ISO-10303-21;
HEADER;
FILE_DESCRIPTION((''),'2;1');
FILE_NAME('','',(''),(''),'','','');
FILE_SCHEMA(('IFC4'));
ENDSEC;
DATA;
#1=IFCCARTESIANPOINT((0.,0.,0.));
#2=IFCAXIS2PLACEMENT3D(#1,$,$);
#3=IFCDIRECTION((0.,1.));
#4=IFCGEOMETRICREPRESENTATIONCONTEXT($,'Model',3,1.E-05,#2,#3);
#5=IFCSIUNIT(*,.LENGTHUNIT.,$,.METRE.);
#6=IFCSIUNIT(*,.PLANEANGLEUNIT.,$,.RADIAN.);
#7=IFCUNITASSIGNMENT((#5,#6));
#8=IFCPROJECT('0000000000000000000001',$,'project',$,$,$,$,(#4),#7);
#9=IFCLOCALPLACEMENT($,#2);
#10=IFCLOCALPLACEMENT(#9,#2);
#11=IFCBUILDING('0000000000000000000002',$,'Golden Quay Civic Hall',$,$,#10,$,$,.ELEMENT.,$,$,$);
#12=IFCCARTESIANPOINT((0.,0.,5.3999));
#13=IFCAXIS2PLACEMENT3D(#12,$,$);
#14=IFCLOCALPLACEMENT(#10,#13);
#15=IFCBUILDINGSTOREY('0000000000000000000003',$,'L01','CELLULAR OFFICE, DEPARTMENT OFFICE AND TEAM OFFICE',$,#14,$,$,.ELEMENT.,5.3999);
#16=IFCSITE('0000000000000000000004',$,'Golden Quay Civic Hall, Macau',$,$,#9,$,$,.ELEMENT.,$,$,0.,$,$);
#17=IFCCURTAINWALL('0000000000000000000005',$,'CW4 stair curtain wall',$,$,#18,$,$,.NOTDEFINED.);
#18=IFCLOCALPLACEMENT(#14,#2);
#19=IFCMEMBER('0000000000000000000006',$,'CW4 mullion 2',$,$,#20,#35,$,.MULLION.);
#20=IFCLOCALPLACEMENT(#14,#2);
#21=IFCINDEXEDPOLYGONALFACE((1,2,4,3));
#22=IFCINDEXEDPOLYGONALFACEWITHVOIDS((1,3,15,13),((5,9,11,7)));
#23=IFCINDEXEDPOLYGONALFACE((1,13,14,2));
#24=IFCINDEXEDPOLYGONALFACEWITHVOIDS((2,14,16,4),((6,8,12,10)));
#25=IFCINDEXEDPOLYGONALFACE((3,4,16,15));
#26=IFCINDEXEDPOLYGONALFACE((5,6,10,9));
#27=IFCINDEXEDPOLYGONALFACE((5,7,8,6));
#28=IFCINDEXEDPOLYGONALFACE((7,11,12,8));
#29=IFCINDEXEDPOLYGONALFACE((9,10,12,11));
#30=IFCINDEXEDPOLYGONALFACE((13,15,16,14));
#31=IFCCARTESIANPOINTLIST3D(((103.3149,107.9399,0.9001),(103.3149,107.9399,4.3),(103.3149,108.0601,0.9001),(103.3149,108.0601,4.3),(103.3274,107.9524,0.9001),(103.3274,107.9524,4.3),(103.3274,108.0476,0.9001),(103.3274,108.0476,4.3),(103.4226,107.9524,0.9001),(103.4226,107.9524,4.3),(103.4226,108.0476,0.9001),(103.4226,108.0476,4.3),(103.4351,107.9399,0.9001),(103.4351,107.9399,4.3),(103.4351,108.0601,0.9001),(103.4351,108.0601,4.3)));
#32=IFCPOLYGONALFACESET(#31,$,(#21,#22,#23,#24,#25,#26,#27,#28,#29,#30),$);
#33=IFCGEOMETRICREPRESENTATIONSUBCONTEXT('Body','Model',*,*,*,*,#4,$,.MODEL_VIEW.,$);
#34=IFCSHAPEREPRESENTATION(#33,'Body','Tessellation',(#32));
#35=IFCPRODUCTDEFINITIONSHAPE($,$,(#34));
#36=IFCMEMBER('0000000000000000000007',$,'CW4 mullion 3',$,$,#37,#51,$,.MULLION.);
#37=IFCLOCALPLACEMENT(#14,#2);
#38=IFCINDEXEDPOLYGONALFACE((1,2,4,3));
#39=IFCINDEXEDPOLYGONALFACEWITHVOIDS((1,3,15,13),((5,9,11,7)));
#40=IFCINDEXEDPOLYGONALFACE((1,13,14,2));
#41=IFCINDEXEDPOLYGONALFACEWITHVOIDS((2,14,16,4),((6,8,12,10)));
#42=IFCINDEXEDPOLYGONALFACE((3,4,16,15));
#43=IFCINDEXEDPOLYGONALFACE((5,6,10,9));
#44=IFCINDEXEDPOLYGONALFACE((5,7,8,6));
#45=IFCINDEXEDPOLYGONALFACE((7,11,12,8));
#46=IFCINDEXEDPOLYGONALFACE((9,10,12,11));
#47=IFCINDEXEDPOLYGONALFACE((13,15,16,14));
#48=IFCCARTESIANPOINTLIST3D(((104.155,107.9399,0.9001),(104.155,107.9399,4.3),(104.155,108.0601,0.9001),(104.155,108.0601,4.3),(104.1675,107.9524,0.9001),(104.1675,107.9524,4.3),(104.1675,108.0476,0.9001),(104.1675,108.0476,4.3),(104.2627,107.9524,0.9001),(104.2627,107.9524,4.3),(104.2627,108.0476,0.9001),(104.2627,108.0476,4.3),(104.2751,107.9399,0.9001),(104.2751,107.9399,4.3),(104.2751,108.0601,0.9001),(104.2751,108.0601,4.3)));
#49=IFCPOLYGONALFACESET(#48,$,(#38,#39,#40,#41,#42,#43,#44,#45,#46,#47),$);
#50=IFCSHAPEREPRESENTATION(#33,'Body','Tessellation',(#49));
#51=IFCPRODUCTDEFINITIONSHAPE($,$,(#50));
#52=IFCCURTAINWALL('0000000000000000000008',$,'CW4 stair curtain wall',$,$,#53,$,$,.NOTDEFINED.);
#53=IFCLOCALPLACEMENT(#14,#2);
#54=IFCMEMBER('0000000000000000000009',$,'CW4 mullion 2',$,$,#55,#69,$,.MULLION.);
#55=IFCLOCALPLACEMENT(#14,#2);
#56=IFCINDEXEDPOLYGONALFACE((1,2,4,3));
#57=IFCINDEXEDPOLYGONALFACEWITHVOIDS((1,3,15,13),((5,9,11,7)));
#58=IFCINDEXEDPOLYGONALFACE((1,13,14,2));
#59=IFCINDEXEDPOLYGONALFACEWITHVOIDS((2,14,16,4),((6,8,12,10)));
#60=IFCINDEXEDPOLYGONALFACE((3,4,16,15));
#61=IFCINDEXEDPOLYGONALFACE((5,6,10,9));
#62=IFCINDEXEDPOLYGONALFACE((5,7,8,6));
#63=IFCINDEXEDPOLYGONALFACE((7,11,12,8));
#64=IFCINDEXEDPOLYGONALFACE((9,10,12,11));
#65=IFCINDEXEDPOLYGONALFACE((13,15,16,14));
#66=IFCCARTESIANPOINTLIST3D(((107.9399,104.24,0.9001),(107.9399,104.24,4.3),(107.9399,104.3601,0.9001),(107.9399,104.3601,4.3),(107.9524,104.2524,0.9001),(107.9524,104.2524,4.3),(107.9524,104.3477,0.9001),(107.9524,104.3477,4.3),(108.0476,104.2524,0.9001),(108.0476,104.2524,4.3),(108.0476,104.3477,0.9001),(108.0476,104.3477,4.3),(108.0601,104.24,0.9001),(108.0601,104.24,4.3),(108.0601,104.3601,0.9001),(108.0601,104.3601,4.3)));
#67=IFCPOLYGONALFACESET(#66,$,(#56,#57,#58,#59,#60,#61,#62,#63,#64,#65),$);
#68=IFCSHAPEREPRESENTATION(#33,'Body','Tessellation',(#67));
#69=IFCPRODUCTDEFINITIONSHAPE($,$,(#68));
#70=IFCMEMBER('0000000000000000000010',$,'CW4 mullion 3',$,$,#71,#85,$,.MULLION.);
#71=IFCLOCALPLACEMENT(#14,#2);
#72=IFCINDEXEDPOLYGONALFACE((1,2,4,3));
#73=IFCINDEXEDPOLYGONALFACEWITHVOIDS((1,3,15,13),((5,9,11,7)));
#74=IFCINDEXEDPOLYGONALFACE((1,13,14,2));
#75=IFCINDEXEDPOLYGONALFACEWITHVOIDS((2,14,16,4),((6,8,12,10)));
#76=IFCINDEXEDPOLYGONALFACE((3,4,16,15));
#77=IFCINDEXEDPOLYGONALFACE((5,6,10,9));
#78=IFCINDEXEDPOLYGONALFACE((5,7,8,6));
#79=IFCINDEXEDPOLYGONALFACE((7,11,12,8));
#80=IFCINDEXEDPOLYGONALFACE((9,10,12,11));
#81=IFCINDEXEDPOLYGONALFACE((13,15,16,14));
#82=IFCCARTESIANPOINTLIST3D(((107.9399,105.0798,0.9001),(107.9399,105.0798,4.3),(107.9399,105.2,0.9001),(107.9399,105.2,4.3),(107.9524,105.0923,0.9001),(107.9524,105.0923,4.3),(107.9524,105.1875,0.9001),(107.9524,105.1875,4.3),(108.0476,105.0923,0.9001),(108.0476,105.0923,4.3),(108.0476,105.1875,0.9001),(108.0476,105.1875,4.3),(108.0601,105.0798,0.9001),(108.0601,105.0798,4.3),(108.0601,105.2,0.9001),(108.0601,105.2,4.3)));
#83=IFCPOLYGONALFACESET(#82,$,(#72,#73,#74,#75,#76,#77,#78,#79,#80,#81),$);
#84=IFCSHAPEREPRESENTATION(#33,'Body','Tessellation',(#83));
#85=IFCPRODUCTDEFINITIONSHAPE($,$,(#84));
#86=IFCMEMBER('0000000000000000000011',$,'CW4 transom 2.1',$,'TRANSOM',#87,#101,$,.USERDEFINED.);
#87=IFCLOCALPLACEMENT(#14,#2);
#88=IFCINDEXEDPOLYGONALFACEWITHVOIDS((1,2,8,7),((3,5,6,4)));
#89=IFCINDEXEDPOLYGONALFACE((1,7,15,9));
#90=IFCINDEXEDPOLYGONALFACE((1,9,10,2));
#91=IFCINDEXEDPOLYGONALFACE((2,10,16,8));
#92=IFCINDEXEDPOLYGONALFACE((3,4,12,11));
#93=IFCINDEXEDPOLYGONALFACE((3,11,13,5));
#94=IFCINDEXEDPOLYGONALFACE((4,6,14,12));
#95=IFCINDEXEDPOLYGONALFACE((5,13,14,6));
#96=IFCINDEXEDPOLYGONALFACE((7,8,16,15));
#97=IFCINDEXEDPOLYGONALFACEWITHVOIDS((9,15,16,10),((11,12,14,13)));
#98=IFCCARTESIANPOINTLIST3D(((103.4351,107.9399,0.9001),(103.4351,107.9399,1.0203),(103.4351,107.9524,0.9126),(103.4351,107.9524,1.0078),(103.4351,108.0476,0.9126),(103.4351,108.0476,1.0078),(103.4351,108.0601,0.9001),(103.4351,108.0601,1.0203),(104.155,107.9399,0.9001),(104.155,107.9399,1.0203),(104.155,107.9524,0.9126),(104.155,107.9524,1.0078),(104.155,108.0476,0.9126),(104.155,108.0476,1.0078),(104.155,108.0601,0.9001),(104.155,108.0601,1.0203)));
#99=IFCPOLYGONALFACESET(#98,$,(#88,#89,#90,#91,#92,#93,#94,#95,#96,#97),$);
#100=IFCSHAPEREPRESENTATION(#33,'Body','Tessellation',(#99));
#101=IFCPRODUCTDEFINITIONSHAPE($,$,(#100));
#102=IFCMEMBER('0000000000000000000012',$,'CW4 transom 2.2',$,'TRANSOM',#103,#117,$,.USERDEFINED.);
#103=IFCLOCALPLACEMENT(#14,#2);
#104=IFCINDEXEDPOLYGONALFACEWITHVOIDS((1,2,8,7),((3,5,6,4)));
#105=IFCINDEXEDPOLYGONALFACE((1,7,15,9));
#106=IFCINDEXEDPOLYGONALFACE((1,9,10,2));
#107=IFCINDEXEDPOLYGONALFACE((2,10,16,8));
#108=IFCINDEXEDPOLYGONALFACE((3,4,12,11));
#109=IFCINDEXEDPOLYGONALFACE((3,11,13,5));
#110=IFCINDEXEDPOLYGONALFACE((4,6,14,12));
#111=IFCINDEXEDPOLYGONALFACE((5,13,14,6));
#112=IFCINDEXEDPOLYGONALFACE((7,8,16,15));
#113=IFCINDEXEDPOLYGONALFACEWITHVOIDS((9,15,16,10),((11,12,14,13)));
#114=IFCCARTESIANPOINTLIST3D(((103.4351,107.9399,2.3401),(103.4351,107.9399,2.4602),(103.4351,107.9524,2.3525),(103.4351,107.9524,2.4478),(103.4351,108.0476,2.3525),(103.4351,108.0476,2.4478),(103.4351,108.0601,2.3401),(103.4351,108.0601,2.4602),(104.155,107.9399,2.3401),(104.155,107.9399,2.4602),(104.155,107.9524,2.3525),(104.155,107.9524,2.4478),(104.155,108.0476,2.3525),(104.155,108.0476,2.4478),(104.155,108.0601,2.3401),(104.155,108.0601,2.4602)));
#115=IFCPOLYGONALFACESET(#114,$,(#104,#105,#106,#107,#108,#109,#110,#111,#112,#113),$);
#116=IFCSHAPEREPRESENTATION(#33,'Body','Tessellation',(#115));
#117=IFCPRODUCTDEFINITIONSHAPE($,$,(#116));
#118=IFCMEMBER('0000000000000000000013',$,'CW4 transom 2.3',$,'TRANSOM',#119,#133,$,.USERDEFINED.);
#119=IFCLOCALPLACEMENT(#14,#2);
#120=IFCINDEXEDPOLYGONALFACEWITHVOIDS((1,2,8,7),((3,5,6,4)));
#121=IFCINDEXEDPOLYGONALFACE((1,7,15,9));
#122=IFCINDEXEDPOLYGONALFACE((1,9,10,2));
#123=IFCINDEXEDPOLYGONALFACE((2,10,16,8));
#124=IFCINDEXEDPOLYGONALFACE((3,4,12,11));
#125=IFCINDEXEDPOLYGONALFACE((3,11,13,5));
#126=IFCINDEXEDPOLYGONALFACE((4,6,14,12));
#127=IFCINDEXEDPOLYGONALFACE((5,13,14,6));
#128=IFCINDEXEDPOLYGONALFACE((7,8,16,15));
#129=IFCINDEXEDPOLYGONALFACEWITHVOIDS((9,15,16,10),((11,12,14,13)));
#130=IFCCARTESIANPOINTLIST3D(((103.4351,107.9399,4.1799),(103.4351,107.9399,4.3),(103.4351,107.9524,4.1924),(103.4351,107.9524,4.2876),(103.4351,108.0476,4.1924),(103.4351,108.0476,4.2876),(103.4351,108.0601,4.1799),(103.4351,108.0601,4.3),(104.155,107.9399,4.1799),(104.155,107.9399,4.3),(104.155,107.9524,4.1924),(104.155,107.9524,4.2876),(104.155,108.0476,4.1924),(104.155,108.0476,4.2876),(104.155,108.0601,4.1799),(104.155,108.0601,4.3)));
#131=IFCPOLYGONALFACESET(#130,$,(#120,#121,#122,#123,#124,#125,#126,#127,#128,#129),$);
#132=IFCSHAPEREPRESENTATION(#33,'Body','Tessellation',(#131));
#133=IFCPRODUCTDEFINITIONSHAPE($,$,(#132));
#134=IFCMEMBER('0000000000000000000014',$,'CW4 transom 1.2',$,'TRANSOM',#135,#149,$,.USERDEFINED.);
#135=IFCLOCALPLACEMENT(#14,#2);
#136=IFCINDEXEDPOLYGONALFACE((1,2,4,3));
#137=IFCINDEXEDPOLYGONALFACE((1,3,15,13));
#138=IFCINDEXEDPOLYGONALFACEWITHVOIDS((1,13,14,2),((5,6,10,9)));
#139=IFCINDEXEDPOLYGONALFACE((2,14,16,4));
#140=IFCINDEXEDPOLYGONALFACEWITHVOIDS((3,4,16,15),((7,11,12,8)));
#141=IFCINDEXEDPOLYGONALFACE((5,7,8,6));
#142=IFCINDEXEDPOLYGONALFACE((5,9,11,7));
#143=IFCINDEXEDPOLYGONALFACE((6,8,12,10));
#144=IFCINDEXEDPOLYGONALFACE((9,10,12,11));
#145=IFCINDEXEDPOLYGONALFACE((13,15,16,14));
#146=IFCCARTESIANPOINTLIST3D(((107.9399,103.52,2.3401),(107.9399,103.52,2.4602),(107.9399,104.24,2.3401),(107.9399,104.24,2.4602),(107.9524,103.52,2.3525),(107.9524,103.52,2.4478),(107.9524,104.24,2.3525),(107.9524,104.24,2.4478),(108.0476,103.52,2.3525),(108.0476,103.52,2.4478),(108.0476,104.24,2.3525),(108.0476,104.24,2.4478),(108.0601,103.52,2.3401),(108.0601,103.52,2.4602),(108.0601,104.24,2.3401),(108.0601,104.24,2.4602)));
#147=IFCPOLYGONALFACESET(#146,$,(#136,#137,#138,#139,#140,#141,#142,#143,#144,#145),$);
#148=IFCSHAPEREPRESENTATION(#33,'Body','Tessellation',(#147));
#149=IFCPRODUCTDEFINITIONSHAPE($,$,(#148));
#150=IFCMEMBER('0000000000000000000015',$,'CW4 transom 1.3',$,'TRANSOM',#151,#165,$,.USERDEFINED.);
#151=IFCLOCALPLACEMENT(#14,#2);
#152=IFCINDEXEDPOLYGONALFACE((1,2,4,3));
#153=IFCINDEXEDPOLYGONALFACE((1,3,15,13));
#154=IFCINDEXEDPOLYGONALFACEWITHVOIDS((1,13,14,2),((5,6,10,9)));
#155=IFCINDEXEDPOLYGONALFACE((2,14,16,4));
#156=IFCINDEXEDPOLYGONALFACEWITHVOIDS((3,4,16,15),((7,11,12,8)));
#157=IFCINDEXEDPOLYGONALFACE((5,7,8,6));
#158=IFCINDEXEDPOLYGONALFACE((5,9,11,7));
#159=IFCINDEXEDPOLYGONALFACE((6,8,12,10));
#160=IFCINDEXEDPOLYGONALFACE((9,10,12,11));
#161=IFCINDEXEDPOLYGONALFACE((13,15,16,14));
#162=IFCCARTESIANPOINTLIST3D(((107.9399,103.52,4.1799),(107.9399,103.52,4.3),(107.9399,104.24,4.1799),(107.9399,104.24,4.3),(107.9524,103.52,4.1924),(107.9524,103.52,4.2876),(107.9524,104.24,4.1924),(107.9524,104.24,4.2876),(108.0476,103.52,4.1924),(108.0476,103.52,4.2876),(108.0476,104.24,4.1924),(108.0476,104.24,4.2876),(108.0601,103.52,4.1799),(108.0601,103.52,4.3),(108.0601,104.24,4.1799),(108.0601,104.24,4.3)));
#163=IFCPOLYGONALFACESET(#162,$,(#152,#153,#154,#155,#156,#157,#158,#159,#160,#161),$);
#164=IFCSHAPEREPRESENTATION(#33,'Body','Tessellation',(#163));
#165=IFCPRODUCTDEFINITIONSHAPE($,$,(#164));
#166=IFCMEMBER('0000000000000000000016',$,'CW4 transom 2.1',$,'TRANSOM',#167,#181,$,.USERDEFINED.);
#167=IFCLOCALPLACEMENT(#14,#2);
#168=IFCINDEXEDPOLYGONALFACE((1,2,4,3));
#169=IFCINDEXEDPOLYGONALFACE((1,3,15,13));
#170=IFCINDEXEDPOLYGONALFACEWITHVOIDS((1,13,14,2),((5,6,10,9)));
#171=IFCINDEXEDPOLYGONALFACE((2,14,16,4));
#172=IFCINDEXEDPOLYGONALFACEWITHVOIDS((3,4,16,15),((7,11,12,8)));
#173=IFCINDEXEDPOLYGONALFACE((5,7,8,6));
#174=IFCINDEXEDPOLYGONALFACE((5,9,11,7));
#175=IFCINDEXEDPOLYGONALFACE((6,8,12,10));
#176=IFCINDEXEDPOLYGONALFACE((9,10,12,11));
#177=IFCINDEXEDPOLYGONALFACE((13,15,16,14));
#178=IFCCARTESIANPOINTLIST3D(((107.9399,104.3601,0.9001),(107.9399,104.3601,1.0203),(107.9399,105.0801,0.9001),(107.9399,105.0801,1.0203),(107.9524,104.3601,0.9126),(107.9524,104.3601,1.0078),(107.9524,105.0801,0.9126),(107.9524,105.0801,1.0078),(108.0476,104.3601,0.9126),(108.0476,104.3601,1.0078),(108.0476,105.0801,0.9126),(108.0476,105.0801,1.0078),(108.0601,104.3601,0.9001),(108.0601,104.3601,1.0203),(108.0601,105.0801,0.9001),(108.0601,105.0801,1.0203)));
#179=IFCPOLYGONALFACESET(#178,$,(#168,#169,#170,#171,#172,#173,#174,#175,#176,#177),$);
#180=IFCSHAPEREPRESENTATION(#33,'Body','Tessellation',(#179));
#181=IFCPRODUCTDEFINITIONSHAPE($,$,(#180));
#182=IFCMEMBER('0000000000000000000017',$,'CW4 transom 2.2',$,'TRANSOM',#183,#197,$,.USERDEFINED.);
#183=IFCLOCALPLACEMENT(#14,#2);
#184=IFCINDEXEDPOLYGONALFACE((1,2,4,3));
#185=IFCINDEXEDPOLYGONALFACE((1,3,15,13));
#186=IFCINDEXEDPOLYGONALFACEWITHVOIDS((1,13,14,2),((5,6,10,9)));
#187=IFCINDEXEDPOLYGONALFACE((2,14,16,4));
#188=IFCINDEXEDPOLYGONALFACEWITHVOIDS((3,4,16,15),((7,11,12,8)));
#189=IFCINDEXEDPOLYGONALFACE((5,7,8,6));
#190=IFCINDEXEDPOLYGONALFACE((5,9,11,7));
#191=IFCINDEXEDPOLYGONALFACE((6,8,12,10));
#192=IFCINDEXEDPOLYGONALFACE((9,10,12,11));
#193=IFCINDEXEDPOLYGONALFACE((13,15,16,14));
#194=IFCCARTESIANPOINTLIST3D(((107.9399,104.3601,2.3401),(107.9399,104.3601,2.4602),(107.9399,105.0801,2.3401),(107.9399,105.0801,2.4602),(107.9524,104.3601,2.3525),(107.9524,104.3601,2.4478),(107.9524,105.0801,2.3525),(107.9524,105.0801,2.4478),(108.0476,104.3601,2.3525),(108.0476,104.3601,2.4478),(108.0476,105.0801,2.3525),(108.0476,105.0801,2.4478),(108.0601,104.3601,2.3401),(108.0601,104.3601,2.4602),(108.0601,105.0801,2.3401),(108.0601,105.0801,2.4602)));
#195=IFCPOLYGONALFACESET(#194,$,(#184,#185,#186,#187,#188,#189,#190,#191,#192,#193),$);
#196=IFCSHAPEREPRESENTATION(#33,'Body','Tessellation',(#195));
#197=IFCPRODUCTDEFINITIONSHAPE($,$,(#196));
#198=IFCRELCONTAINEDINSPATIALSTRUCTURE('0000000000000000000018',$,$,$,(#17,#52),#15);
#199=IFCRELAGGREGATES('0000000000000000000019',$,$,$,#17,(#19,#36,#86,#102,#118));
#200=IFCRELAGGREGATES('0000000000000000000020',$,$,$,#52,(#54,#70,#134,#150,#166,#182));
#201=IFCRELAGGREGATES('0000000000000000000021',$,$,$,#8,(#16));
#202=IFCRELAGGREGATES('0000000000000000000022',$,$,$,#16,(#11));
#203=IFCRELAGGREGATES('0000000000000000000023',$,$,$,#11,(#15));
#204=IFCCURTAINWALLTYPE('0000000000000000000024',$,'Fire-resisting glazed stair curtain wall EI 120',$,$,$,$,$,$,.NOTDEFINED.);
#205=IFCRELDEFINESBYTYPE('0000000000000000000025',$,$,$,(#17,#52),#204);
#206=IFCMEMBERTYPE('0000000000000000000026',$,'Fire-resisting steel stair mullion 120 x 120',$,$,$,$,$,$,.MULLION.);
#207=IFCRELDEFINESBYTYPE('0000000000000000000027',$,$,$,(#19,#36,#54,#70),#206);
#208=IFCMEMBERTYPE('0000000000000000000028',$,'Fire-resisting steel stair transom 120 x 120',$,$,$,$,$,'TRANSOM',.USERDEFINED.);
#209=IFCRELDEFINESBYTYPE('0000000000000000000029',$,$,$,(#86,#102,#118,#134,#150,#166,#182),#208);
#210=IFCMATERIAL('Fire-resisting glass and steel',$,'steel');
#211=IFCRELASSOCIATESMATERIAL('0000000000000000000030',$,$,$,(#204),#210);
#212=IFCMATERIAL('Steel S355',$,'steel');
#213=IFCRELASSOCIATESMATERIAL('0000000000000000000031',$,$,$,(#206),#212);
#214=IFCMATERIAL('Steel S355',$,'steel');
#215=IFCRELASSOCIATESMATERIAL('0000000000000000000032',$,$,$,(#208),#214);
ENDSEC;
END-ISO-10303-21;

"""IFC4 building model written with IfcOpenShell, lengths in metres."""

from ifc_helpers import new_model, si_unit, direction, frame, origin, origin_2d, place, context, subcontext, project, spatial, hollow_rectangle, extrude, material, material_profile, profile_set, type_object, element, aggregate, save


model = new_model("IFC4")

# Units and contexts
model_context = context("Model", 3, precision=1e-05, world=origin(), true_north=direction((0.0, 1.0)))
body_context = subcontext(model_context, "Body", "Model", "MODEL_VIEW")
ifc_project = project(units=[si_unit("LENGTHUNIT", "METRE"), si_unit("PLANEANGLEUNIT", "RADIAN")], contexts=[model_context])

# Site, building, storey
site_placement = place(None, origin())
site = spatial("IfcSite", under=ifc_project, at=site_placement, Name="Golden Quay Civic Hall, Macau", CompositionType="ELEMENT", RefElevation=0.0)
building_placement = place(site_placement, origin())
building = spatial("IfcBuilding", under=site, at=building_placement, Name="Golden Quay Civic Hall", CompositionType="ELEMENT")
storey_placement = place(building_placement, frame((0.0, 0.0, 5.3999)))
storey = spatial("IfcBuildingStorey", under=building, at=storey_placement, Name="L01", Description="CELLULAR OFFICE, DEPARTMENT OFFICE AND TEAM OFFICE", CompositionType="ELEMENT", Elevation=5.3999)

# Curtain walls, members
ifc_material_1 = material(Name="Fire-resisting glass and steel", Category="steel")
curtain_wall_type = type_object("IfcCurtainWallType", Name="Fire-resisting glazed stair curtain wall EI 120", PredefinedType="NOTDEFINED", material=ifc_material_1)
curtain_wall_1_placement = place(storey_placement, origin())
curtain_wall_1 = element("IfcCurtainWall", 1, at=curtain_wall_1_placement, inside=storey, type_object=curtain_wall_type, Name="CW4 stair curtain wall", PredefinedType="NOTDEFINED")
ifc_material_2 = material(Name="Steel S355", Category="steel")
ifc_material_profile_1 = material_profile(ifc_material_2, hollow_rectangle(XDim=0.1201, YDim=0.1201, WallThickness=0.0125, at=origin_2d()), Name="SHS 120x120x12.5")
ifc_profile_set_1 = profile_set([ifc_material_profile_1], Name="Steel S355")
member_type_1 = type_object("IfcMemberType", Name="Fire-resisting steel stair mullion 120 x 120", PredefinedType="MULLION", material=ifc_profile_set_1)
member_1_placement = place(storey_placement, frame((103.375, 108.0, 0.9001), z_axis=(0.0, 0.0, 1.0), x_axis=(0.0, 1.0, 0.0)))
member_1 = element("IfcMember", 2, at=member_1_placement, type_object=member_type_1, Name="CW4 mullion 2", PredefinedType="MULLION", context=body_context, shape_type="SweptSolid", body=[
    extrude(hollow_rectangle(XDim=0.1201, YDim=0.1201, WallThickness=0.0125, at=origin_2d()), origin(), (0.0, 0.0, 1.0), 3.3999),
])
member_2_placement = place(storey_placement, frame((104.2151, 108.0, 0.9001), z_axis=(0.0, 0.0, 1.0), x_axis=(0.0, 1.0, 0.0)))
member_2 = element("IfcMember", 3, at=member_2_placement, type_object=member_type_1, Name="CW4 mullion 3", PredefinedType="MULLION", context=body_context, shape_type="SweptSolid", body=[
    extrude(hollow_rectangle(XDim=0.1201, YDim=0.1201, WallThickness=0.0125, at=origin_2d()), origin(), (0.0, 0.0, 1.0), 3.3999),
])
curtain_wall_2_placement = place(storey_placement, origin())
curtain_wall_2 = element("IfcCurtainWall", 4, at=curtain_wall_2_placement, inside=storey, type_object=curtain_wall_type, Name="CW4 stair curtain wall", PredefinedType="NOTDEFINED")
member_3_placement = place(storey_placement, frame((108.0, 104.3, 0.9001), z_axis=(0.0, 0.0, 1.0), x_axis=(-1.0, 0.0, 0.0)))
member_3 = element("IfcMember", 5, at=member_3_placement, type_object=member_type_1, Name="CW4 mullion 2", PredefinedType="MULLION", context=body_context, shape_type="SweptSolid", body=[
    extrude(hollow_rectangle(XDim=0.1201, YDim=0.1201, WallThickness=0.0125, at=origin_2d()), origin(), (0.0, 0.0, 1.0), 3.3999),
])
member_4_placement = place(storey_placement, frame((108.0, 105.1399, 0.9001), z_axis=(0.0, 0.0, 1.0), x_axis=(-1.0, 0.0, 0.0)))
member_4 = element("IfcMember", 6, at=member_4_placement, type_object=member_type_1, Name="CW4 mullion 3", PredefinedType="MULLION", context=body_context, shape_type="SweptSolid", body=[
    extrude(hollow_rectangle(XDim=0.1201, YDim=0.1201, WallThickness=0.0125, at=origin_2d()), origin(), (0.0, 0.0, 1.0), 3.3999),
])

# Members
ifc_material_3 = material(Name="Steel S355", Category="steel")
ifc_material_profile_2 = material_profile(ifc_material_3, hollow_rectangle(XDim=0.1201, YDim=0.1201, WallThickness=0.0125, at=origin_2d()), Name="SHS 120x120x12.5")
ifc_profile_set_2 = profile_set([ifc_material_profile_2], Name="Steel S355")
member_type_2 = type_object("IfcMemberType", Name="Fire-resisting steel stair transom 120 x 120", ElementType="TRANSOM", PredefinedType="USERDEFINED", material=ifc_profile_set_2)
member_5_placement = place(storey_placement, frame((103.4351, 108.0, 0.9602), z_axis=(1.0, 0.0, 0.0), x_axis=(0.0, 1.0, 0.0)))
member_5 = element("IfcMember", 7, at=member_5_placement, type_object=member_type_2, Name="CW4 transom 2.1", ObjectType="TRANSOM", PredefinedType="USERDEFINED", context=body_context, shape_type="SweptSolid", body=[
    extrude(hollow_rectangle(XDim=0.1201, YDim=0.1201, WallThickness=0.0125, at=origin_2d()), origin(), (0.0, 0.0, 1.0), 0.72),
])
member_6_placement = place(storey_placement, frame((103.4351, 108.0, 2.4001), z_axis=(1.0, 0.0, 0.0), x_axis=(0.0, 1.0, 0.0)))
member_6 = element("IfcMember", 8, at=member_6_placement, type_object=member_type_2, Name="CW4 transom 2.2", ObjectType="TRANSOM", PredefinedType="USERDEFINED", context=body_context, shape_type="SweptSolid", body=[
    extrude(hollow_rectangle(XDim=0.1201, YDim=0.1201, WallThickness=0.0125, at=origin_2d()), origin(), (0.0, 0.0, 1.0), 0.72),
])
member_7_placement = place(storey_placement, frame((103.4351, 108.0, 4.24), z_axis=(1.0, 0.0, 0.0), x_axis=(0.0, 1.0, 0.0)))
member_7 = element("IfcMember", 9, at=member_7_placement, type_object=member_type_2, Name="CW4 transom 2.3", ObjectType="TRANSOM", PredefinedType="USERDEFINED", context=body_context, shape_type="SweptSolid", body=[
    extrude(hollow_rectangle(XDim=0.1201, YDim=0.1201, WallThickness=0.0125, at=origin_2d()), origin(), (0.0, 0.0, 1.0), 0.72),
])
member_8_placement = place(storey_placement, frame((108.0, 103.52, 2.4001), z_axis=(0.0, 1.0, 0.0), x_axis=(-1.0, 0.0, 0.0)))
member_8 = element("IfcMember", 10, at=member_8_placement, type_object=member_type_2, Name="CW4 transom 1.2", ObjectType="TRANSOM", PredefinedType="USERDEFINED", context=body_context, shape_type="SweptSolid", body=[
    extrude(hollow_rectangle(XDim=0.1201, YDim=0.1201, WallThickness=0.0125, at=origin_2d()), origin(), (0.0, 0.0, 1.0), 0.72),
])
member_9_placement = place(storey_placement, frame((108.0, 103.52, 4.24), z_axis=(0.0, 1.0, 0.0), x_axis=(-1.0, 0.0, 0.0)))
member_9 = element("IfcMember", 11, at=member_9_placement, type_object=member_type_2, Name="CW4 transom 1.3", ObjectType="TRANSOM", PredefinedType="USERDEFINED", context=body_context, shape_type="SweptSolid", body=[
    extrude(hollow_rectangle(XDim=0.1201, YDim=0.1201, WallThickness=0.0125, at=origin_2d()), origin(), (0.0, 0.0, 1.0), 0.72),
])
member_10_placement = place(storey_placement, frame((108.0, 104.3601, 0.9602), z_axis=(0.0, 1.0, 0.0), x_axis=(-1.0, 0.0, 0.0)))
member_10 = element("IfcMember", 12, at=member_10_placement, type_object=member_type_2, Name="CW4 transom 2.1", ObjectType="TRANSOM", PredefinedType="USERDEFINED", context=body_context, shape_type="SweptSolid", body=[
    extrude(hollow_rectangle(XDim=0.1201, YDim=0.1201, WallThickness=0.0125, at=origin_2d()), origin(), (0.0, 0.0, 1.0), 0.72),
])
member_11_placement = place(storey_placement, frame((108.0, 104.3601, 2.4001), z_axis=(0.0, 1.0, 0.0), x_axis=(-1.0, 0.0, 0.0)))
member_11 = element("IfcMember", 13, at=member_11_placement, type_object=member_type_2, Name="CW4 transom 2.2", ObjectType="TRANSOM", PredefinedType="USERDEFINED", context=body_context, shape_type="SweptSolid", body=[
    extrude(hollow_rectangle(XDim=0.1201, YDim=0.1201, WallThickness=0.0125, at=origin_2d()), origin(), (0.0, 0.0, 1.0), 0.72),
])

aggregate(curtain_wall_1, [member_1, member_2, member_5, member_6, member_7])
aggregate(curtain_wall_2, [member_3, member_4, member_8, member_9, member_10, member_11])

save(model, "model.ifc")
